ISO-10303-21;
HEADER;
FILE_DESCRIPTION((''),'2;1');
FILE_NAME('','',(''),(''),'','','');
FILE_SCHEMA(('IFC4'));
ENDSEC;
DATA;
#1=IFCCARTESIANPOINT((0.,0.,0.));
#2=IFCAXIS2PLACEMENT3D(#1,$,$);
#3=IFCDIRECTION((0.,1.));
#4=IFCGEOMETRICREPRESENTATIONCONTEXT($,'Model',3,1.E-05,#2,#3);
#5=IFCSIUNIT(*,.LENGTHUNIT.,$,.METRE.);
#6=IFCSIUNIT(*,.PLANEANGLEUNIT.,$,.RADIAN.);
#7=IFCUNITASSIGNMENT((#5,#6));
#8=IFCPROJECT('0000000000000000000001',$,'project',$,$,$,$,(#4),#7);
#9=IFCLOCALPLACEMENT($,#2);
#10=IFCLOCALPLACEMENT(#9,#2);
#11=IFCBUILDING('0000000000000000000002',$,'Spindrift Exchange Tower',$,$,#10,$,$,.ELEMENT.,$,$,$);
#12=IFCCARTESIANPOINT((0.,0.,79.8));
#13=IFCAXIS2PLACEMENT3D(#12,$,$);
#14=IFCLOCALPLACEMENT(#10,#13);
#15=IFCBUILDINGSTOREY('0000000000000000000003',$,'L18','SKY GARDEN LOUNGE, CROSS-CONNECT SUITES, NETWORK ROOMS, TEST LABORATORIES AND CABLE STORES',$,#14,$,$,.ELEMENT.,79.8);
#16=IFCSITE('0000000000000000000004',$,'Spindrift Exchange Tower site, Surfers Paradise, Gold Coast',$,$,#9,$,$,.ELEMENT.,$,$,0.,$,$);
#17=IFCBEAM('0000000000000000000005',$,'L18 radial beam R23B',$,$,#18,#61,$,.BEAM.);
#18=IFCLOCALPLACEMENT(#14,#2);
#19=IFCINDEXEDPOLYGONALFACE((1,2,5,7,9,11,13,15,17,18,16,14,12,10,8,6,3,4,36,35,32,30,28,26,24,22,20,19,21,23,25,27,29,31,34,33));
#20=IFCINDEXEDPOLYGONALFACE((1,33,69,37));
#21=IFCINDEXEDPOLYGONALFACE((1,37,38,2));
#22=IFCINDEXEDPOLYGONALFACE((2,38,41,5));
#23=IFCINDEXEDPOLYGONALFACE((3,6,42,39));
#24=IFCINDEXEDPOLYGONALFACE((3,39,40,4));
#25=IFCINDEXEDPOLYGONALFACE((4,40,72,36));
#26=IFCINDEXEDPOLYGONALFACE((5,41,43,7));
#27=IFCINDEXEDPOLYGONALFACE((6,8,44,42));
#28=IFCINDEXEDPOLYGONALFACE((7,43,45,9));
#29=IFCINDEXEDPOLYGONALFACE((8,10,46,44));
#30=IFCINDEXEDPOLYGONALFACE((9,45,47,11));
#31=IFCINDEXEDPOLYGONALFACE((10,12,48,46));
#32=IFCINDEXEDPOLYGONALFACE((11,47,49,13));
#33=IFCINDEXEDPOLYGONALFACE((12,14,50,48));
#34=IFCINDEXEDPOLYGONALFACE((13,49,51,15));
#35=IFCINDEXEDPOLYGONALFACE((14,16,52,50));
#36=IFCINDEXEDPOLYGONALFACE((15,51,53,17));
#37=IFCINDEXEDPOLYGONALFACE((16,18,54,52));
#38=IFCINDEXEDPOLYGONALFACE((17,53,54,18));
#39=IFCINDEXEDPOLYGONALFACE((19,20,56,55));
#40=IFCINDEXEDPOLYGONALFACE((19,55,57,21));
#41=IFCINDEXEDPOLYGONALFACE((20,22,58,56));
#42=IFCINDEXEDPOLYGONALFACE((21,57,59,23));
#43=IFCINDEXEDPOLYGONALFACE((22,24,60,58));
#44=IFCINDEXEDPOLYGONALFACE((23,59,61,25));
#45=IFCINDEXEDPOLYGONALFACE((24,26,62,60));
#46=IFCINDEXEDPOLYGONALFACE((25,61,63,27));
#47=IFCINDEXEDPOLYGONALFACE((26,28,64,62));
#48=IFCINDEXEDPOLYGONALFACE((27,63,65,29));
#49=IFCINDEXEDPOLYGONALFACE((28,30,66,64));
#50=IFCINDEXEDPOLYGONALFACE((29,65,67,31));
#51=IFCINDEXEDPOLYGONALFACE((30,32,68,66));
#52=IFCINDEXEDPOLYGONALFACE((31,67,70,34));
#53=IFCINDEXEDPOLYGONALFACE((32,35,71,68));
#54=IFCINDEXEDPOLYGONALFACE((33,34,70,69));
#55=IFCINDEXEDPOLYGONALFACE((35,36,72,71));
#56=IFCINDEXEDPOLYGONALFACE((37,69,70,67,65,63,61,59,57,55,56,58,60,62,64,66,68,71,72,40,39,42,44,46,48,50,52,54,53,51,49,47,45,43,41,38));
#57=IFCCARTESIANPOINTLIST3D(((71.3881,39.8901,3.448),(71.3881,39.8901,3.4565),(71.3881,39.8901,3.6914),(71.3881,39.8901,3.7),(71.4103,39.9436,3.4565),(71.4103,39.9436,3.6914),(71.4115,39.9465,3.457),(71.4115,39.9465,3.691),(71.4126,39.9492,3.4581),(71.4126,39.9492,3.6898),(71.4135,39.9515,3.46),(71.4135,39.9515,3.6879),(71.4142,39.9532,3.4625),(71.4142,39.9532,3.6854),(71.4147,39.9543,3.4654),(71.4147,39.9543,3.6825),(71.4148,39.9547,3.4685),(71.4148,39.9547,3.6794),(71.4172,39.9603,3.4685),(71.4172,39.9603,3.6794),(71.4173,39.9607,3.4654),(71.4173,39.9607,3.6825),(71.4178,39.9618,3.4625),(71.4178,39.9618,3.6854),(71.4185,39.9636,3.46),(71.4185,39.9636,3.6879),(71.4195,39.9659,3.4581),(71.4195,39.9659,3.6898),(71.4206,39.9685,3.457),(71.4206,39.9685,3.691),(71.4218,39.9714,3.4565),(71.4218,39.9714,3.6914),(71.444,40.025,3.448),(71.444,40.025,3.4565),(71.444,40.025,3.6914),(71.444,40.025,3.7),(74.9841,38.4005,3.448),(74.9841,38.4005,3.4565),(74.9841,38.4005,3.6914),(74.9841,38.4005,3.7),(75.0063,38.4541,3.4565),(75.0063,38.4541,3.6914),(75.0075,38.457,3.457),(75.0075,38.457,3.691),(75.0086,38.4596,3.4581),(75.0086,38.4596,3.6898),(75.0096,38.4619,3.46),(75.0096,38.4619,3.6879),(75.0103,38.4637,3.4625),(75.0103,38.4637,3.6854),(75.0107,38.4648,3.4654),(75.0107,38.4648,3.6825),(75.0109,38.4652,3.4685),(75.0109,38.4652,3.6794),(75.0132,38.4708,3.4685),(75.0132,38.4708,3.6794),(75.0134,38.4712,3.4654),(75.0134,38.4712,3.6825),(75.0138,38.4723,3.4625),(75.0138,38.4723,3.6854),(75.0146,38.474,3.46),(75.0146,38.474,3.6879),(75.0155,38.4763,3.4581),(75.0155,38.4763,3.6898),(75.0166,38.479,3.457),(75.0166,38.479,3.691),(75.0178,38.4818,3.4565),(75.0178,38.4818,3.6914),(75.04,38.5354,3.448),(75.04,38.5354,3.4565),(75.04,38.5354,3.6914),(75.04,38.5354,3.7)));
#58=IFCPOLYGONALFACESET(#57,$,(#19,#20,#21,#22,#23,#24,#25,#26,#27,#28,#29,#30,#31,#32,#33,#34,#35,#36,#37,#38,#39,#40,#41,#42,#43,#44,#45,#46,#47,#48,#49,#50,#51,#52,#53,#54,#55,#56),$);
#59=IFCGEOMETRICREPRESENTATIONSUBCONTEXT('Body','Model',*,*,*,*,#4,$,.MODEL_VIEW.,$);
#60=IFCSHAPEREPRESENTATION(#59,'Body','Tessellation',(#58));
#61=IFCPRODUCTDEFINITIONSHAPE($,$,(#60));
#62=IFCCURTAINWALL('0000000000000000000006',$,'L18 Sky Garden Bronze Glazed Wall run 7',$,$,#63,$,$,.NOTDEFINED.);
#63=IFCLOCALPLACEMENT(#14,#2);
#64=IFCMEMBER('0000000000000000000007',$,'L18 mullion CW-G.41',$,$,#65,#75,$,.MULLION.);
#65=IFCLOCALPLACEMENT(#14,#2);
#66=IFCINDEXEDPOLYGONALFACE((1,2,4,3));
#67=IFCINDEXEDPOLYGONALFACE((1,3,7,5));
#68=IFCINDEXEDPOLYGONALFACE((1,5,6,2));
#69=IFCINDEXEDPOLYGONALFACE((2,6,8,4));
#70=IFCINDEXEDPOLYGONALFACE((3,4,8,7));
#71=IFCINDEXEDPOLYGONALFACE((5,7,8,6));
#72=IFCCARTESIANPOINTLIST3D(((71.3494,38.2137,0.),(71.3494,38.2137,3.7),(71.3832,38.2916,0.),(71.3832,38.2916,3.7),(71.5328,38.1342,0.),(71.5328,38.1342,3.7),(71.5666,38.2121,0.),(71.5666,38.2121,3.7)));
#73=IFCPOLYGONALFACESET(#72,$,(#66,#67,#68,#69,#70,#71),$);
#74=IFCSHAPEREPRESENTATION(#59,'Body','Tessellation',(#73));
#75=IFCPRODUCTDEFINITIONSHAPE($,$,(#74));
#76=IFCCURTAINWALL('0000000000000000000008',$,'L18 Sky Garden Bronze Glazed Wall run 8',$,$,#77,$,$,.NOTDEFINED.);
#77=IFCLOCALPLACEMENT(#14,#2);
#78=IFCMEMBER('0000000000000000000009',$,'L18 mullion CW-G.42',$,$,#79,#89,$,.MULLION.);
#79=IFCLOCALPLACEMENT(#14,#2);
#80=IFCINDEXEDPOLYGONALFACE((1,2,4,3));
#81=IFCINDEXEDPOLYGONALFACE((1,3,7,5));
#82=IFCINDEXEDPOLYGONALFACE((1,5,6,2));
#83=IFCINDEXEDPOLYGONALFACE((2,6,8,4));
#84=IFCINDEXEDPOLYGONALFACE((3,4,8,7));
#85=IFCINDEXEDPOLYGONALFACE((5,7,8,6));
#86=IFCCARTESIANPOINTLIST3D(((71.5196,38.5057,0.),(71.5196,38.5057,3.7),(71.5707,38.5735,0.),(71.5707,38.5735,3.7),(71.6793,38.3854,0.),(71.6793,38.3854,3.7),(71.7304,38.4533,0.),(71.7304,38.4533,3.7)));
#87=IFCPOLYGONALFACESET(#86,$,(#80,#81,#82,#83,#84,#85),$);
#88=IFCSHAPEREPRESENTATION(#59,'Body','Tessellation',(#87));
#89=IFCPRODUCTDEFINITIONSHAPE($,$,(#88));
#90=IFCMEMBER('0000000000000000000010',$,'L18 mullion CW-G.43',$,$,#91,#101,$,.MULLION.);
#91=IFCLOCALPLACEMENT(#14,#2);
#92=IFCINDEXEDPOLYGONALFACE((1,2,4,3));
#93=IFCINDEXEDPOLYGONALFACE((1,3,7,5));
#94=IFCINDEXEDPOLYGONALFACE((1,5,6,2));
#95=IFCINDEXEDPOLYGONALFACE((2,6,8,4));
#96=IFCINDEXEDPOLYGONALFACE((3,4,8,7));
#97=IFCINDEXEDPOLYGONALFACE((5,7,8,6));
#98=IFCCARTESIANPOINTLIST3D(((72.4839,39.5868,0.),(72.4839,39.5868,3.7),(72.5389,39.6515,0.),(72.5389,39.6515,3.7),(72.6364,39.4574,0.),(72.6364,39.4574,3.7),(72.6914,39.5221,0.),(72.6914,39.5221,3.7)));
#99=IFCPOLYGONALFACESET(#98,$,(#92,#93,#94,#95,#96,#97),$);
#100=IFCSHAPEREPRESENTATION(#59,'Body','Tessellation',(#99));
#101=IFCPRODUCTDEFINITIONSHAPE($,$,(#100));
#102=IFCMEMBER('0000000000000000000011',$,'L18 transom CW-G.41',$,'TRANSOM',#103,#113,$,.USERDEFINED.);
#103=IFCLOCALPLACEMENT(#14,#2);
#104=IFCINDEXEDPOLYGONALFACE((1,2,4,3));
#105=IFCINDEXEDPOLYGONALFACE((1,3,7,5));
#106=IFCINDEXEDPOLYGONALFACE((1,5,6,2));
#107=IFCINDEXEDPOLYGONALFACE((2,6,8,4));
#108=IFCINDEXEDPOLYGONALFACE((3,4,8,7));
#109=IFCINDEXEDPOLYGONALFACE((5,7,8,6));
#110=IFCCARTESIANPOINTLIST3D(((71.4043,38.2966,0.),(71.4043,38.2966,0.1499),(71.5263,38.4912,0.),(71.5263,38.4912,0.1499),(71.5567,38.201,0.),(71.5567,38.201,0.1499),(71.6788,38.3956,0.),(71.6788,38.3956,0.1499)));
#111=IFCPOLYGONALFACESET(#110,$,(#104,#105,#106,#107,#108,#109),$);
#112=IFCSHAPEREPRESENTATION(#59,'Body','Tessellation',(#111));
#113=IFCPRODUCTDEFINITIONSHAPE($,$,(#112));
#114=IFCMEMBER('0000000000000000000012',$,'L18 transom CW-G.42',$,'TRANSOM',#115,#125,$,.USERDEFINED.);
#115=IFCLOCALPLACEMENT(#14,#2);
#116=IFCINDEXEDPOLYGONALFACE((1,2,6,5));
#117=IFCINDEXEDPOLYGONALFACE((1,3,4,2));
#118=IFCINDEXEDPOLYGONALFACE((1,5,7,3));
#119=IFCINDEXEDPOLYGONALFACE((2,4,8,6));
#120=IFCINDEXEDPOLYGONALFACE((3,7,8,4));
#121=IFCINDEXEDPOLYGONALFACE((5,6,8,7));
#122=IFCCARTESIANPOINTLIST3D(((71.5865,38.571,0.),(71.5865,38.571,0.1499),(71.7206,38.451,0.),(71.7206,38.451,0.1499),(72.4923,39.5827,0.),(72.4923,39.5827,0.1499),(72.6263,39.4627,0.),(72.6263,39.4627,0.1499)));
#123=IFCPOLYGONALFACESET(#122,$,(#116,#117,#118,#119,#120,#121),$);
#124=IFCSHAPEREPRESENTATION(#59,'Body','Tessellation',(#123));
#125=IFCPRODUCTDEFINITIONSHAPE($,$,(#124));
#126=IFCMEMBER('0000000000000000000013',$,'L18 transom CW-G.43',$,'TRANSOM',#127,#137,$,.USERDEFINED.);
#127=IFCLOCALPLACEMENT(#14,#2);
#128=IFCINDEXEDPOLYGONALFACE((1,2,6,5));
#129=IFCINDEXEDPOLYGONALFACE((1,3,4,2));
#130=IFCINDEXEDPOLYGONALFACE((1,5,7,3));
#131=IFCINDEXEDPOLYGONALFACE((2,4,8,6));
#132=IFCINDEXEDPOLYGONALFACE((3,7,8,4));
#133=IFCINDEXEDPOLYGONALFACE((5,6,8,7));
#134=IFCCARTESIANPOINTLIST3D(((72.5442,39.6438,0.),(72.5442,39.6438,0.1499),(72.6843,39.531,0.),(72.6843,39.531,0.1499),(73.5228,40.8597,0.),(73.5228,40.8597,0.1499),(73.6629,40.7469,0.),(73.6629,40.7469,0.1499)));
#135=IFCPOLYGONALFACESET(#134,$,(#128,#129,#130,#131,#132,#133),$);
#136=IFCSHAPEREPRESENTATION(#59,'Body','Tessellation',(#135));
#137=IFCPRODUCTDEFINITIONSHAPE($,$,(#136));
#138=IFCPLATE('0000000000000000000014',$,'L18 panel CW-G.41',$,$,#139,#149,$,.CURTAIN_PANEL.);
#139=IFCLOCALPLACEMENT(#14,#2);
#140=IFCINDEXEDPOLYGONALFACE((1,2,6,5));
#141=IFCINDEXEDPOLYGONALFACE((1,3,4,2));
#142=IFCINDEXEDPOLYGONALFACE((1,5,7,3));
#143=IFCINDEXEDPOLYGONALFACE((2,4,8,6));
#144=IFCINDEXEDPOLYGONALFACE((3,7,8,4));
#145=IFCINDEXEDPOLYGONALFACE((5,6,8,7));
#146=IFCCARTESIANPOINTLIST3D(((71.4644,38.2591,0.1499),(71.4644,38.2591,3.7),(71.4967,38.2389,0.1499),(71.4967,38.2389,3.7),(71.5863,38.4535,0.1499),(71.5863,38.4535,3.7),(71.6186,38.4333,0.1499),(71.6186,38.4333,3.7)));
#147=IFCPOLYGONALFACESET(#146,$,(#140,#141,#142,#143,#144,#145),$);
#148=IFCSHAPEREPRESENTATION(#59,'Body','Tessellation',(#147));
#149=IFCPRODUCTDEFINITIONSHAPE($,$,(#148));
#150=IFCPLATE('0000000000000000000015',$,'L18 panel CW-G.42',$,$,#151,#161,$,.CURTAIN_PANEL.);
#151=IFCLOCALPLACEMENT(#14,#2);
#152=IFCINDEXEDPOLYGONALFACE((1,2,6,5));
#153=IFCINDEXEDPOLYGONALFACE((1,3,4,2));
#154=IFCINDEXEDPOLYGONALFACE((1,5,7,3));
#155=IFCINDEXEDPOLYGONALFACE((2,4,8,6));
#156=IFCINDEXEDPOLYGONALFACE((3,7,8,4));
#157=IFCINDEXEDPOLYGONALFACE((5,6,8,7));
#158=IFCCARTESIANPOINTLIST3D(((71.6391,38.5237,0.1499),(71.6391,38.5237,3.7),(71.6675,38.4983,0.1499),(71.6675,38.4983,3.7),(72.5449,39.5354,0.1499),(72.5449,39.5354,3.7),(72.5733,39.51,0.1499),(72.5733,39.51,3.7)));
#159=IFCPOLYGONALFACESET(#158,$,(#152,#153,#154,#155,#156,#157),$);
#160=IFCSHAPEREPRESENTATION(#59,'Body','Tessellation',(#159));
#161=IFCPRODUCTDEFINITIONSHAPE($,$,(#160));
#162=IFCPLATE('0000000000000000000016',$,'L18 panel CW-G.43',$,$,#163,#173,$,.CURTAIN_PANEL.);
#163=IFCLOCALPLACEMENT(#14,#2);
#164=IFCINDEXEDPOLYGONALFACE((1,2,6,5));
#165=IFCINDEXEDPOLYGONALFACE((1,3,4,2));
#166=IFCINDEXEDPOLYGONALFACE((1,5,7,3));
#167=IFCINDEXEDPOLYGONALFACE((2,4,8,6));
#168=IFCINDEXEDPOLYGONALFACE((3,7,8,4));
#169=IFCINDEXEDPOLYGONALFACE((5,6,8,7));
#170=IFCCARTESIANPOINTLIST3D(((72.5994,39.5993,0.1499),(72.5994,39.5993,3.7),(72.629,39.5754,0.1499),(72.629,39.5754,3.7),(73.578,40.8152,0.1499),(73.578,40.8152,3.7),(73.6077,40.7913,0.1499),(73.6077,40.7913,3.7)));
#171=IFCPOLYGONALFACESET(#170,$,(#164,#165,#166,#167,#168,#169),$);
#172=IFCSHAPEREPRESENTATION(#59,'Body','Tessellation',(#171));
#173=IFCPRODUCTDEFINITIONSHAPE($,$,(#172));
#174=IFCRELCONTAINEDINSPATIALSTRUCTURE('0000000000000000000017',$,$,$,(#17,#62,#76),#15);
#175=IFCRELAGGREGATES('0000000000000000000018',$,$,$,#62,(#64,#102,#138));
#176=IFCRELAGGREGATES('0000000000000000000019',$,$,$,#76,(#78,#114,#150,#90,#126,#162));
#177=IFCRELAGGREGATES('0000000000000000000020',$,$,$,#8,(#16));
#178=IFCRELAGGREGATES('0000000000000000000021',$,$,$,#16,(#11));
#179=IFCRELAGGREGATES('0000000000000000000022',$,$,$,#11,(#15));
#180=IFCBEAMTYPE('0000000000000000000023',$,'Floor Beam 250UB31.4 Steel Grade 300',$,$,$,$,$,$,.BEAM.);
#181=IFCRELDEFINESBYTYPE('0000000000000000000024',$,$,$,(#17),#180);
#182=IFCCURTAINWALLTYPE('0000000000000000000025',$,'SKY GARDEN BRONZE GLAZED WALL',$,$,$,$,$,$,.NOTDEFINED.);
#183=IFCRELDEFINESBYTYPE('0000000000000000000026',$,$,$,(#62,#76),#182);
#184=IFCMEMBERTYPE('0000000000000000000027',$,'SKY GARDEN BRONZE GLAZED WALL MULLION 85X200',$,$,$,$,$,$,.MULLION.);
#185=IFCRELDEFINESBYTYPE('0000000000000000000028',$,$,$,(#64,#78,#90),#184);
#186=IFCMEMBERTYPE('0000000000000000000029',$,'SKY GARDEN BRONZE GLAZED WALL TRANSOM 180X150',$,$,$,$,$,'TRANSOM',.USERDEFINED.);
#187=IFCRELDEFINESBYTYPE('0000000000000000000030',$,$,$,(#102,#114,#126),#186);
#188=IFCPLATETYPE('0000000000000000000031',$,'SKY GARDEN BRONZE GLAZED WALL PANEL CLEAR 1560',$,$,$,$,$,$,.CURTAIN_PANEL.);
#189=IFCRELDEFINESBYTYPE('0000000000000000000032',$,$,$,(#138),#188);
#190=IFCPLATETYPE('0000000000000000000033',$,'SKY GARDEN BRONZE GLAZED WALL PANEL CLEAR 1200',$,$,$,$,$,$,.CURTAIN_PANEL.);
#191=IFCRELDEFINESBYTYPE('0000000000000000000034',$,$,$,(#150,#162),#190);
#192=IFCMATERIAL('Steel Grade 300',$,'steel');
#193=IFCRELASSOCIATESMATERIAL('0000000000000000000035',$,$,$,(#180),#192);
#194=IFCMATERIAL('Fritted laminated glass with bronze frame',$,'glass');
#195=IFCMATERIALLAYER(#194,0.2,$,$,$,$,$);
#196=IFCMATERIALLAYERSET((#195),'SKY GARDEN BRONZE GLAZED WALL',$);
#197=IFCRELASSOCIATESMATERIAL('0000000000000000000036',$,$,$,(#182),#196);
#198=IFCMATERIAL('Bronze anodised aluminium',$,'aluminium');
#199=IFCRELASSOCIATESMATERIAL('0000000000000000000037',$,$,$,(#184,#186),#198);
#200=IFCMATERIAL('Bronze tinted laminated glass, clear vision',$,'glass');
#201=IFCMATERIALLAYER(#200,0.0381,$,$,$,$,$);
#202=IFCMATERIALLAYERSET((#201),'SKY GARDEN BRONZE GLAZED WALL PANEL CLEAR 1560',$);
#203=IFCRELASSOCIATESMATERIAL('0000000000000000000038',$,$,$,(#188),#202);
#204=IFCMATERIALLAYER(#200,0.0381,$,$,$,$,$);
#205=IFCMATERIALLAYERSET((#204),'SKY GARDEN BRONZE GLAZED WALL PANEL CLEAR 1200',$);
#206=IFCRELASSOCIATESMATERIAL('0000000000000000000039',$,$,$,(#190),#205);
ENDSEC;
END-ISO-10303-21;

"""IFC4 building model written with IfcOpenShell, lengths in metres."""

from ifc_helpers import new_model, si_unit, direction, frame, origin, origin_2d, place, context, subcontext, project, spatial, rectangle, i_section, extrude, source, transform, mapped, material, layer, layer_set, material_profile, profile_set, type_object, element, aggregate, save


model = new_model("IFC4")

# Units and contexts
model_context = context("Model", 3, precision=1e-05, world=origin(), true_north=direction((0.0, 1.0)))
body_context = subcontext(model_context, "Body", "Model", "MODEL_VIEW")
ifc_project = project(units=[si_unit("LENGTHUNIT", "METRE"), si_unit("PLANEANGLEUNIT", "RADIAN")], contexts=[model_context])

# Site, building, storey
site_placement = place(None, origin())
site = spatial("IfcSite", under=ifc_project, at=site_placement, Name="Spindrift Exchange Tower site, Surfers Paradise, Gold Coast", CompositionType="ELEMENT", RefElevation=0.0)
building_placement = place(site_placement, origin())
building = spatial("IfcBuilding", under=site, at=building_placement, Name="Spindrift Exchange Tower", CompositionType="ELEMENT")
storey_placement = place(building_placement, frame((0.0, 0.0, 79.8)))
storey = spatial("IfcBuildingStorey", under=building, at=storey_placement, Name="L18", Description="SKY GARDEN LOUNGE, CROSS-CONNECT SUITES, NETWORK ROOMS, TEST LABORATORIES AND CABLE STORES", CompositionType="ELEMENT", Elevation=79.8)

# Beam
ifc_material_1 = material(Name="Steel Grade 300", Category="steel")
ifc_material_profile_1 = material_profile(ifc_material_1, i_section(OverallWidth=0.146, OverallDepth=0.252, WebThickness=0.0061, FlangeThickness=0.0085, FilletRadius=0.012, at=origin_2d()), Name="250UB31.4")
ifc_profile_set_1 = profile_set([ifc_material_profile_1], Name="Steel Grade 300")
beam_type_1 = type_object("IfcBeamType", Name="Floor Beam 250UB31.4 Steel Grade 300", PredefinedType="BEAM", material=ifc_profile_set_1)
shared_shape_1 = source(origin(), body_context, "Body", "SweptSolid", [
    extrude(i_section(OverallWidth=0.146, OverallDepth=0.252, WebThickness=0.0061, FlangeThickness=0.0085, FilletRadius=0.012, at=origin_2d()), origin(), (0.0, 0.0, 1.0), 3.8923),
])
beam_1_placement = place(storey_placement, frame((71.416, 39.9575, 3.574), z_axis=(0.923878, -0.382686, 0.0), x_axis=(0.382686, 0.923878, 0.0)))
element("IfcBeam", 1, at=beam_1_placement, inside=storey, type_object=beam_type_1, Name="L18 radial beam R23B", PredefinedType="BEAM", context=body_context, shape_type="MappedRepresentation", body=[
    mapped(shared_shape_1, transform((0.0, 0.0, 0.0), scale=1.0)),
])

# Curtain wall, member
ifc_material_2 = material(Name="Fritted laminated glass with bronze frame", Category="glass")
ifc_layer_1 = layer(ifc_material_2, 0.2)
ifc_layer_set_1 = layer_set([ifc_layer_1], Name="SKY GARDEN BRONZE GLAZED WALL")
curtain_wall_type = type_object("IfcCurtainWallType", Name="SKY GARDEN BRONZE GLAZED WALL", PredefinedType="NOTDEFINED", material=ifc_layer_set_1)
curtain_wall_1_placement = place(storey_placement, origin())
curtain_wall_1 = element("IfcCurtainWall", 2, at=curtain_wall_1_placement, inside=storey, type_object=curtain_wall_type, Name="L18 Sky Garden Bronze Glazed Wall run 7", PredefinedType="NOTDEFINED")
ifc_material_3 = material(Name="Bronze anodised aluminium", Category="aluminium")
ifc_material_profile_2 = material_profile(ifc_material_3, rectangle(XDim=0.085, YDim=0.2, at=origin_2d()), Name="SKY GARDEN BRONZE GLAZED WALL MULLION 85X200")
ifc_profile_set_2 = profile_set([ifc_material_profile_2], Name="Bronze anodised aluminium")
member_type_1 = type_object("IfcMemberType", Name="SKY GARDEN BRONZE GLAZED WALL MULLION 85X200", PredefinedType="MULLION", material=ifc_profile_set_2)
shared_shape_2 = source(origin(), body_context, "Body", "SweptSolid", [
    extrude(rectangle(XDim=0.085, YDim=0.2, at=origin_2d()), origin(), (0.0, 0.0, 1.0), 3.7),
])
member_1_placement = place(storey_placement, frame((71.458, 38.2129, 0.0), z_axis=(0.0, 0.0, 1.0), x_axis=(0.397694, 0.917518, 0.0)))
member_1 = element("IfcMember", 3, at=member_1_placement, type_object=member_type_1, Name="L18 mullion CW-G.41", PredefinedType="MULLION", context=body_context, shape_type="MappedRepresentation", body=[
    mapped(shared_shape_2, transform((0.0, 0.0, 0.0), scale=1.0)),
])

# Curtain wall, members
curtain_wall_2_placement = place(storey_placement, origin())
curtain_wall_2 = element("IfcCurtainWall", 4, at=curtain_wall_2_placement, inside=storey, type_object=curtain_wall_type, Name="L18 Sky Garden Bronze Glazed Wall run 8", PredefinedType="NOTDEFINED")
member_2_placement = place(storey_placement, frame((71.625, 38.4795, 0.0), z_axis=(0.0, 0.0, 1.0), x_axis=(0.601246, 0.799064, 0.0)))
member_2 = element("IfcMember", 5, at=member_2_placement, type_object=member_type_1, Name="L18 mullion CW-G.42", PredefinedType="MULLION", context=body_context, shape_type="MappedRepresentation", body=[
    mapped(shared_shape_2, transform((0.0, 0.0, 0.0), scale=1.0)),
])
member_3_placement = place(storey_placement, frame((72.5876, 39.5544, 0.0), z_axis=(0.0, 0.0, 1.0), x_axis=(0.64726, 0.762269, 0.0)))
member_3 = element("IfcMember", 6, at=member_3_placement, type_object=member_type_1, Name="L18 mullion CW-G.43", PredefinedType="MULLION", context=body_context, shape_type="MappedRepresentation", body=[
    mapped(shared_shape_2, transform((0.0, 0.0, 0.0), scale=1.0)),
])

# Members
ifc_material_profile_3 = material_profile(ifc_material_3, rectangle(XDim=0.1799, YDim=0.1499, at=origin_2d()), Name="SKY GARDEN BRONZE GLAZED WALL TRANSOM 180X150")
ifc_profile_set_3 = profile_set([ifc_material_profile_3], Name="Bronze anodised aluminium")
member_type_2 = type_object("IfcMemberType", Name="SKY GARDEN BRONZE GLAZED WALL TRANSOM 180X150", ElementType="TRANSOM", PredefinedType="USERDEFINED", material=ifc_profile_set_3)
shared_shape_3 = source(origin(), body_context, "Body", "SweptSolid", [
    extrude(rectangle(XDim=0.1799, YDim=0.1499, at=origin_2d()), origin(), (0.0, 0.0, 1.0), 0.2297),
])
member_4_placement = place(storey_placement, frame((71.4805, 38.2488, 0.075), z_axis=(0.531431, 0.847101, 0.0), x_axis=(-0.847101, 0.531431, 0.0)))
member_4 = element("IfcMember", 7, at=member_4_placement, type_object=member_type_2, Name="L18 transom CW-G.41", ObjectType="TRANSOM", PredefinedType="USERDEFINED", context=body_context, shape_type="MappedRepresentation", body=[
    mapped(shared_shape_3, transform((0.0, 0.0, 0.0), scale=1.0)),
])
shared_shape_4 = source(origin(), body_context, "Body", "SweptSolid", [
    extrude(rectangle(XDim=0.1799, YDim=0.1499, at=origin_2d()), origin(), (0.0, 0.0, 1.0), 1.3579),
])
member_5_placement = place(storey_placement, frame((71.6536, 38.511, 0.075), z_axis=(0.667016, 0.745044, 0.0), x_axis=(-0.745044, 0.667016, 0.0)))
member_5 = element("IfcMember", 8, at=member_5_placement, type_object=member_type_2, Name="L18 transom CW-G.42", ObjectType="TRANSOM", PredefinedType="USERDEFINED", context=body_context, shape_type="MappedRepresentation", body=[
    mapped(shared_shape_4, transform((0.0, 0.0, 0.0), scale=1.0)),
])
shared_shape_5 = source(origin(), body_context, "Body", "SweptSolid", [
    extrude(rectangle(XDim=0.1799, YDim=0.1499, at=origin_2d()), origin(), (0.0, 0.0, 1.0), 1.5608),
])
member_6_placement = place(storey_placement, frame((72.6143, 39.5874, 0.075), z_axis=(0.626982, 0.779034, 0.0), x_axis=(-0.779034, 0.626982, 0.0)))
member_6 = element("IfcMember", 9, at=member_6_placement, type_object=member_type_2, Name="L18 transom CW-G.43", ObjectType="TRANSOM", PredefinedType="USERDEFINED", context=body_context, shape_type="MappedRepresentation", body=[
    mapped(shared_shape_5, transform((0.0, 0.0, 0.0), scale=1.0)),
])

# Plates
ifc_material_4 = material(Name="Bronze tinted laminated glass, clear vision", Category="glass")
ifc_layer_2 = layer(ifc_material_4, 0.0381)
ifc_layer_set_2 = layer_set([ifc_layer_2], Name="SKY GARDEN BRONZE GLAZED WALL PANEL CLEAR 1560")
plate_type_1 = type_object("IfcPlateType", Name="SKY GARDEN BRONZE GLAZED WALL PANEL CLEAR 1560", PredefinedType="CURTAIN_PANEL", material=ifc_layer_set_2)
shared_shape_6 = source(origin(), body_context, "Body", "SweptSolid", [
    extrude(rectangle(XDim=0.2295, YDim=0.0381, at=origin_2d()), origin(), (0.0, 0.0, 1.0), 3.55),
])
plate_1_placement = place(storey_placement, frame((71.5415, 38.3462, 0.1499), z_axis=(0.0, 0.0, 1.0), x_axis=(0.531084, 0.847319, 0.0)))
plate_1 = element("IfcPlate", 10, at=plate_1_placement, type_object=plate_type_1, Name="L18 panel CW-G.41", PredefinedType="CURTAIN_PANEL", context=body_context, shape_type="MappedRepresentation", body=[
    mapped(shared_shape_6, transform((0.0, 0.0, 0.0), scale=1.0)),
])
aggregate(curtain_wall_1, [member_1, member_4, plate_1])
ifc_layer_3 = layer(ifc_material_4, 0.0381)
ifc_layer_set_3 = layer_set([ifc_layer_3], Name="SKY GARDEN BRONZE GLAZED WALL PANEL CLEAR 1200")
plate_type_2 = type_object("IfcPlateType", Name="SKY GARDEN BRONZE GLAZED WALL PANEL CLEAR 1200", PredefinedType="CURTAIN_PANEL", material=ifc_layer_set_3)
shared_shape_7 = source(origin(), body_context, "Body", "SweptSolid", [
    extrude(rectangle(XDim=1.3579, YDim=0.0381, at=origin_2d()), origin(), (0.0, 0.0, 1.0), 3.55),
])
plate_2_placement = place(storey_placement, frame((72.1062, 39.0168, 0.1499), z_axis=(0.0, 0.0, 1.0), x_axis=(0.667048, 0.745015, 0.0)))
plate_2 = element("IfcPlate", 11, at=plate_2_placement, type_object=plate_type_2, Name="L18 panel CW-G.42", PredefinedType="CURTAIN_PANEL", context=body_context, shape_type="MappedRepresentation", body=[
    mapped(shared_shape_7, transform((0.0, 0.0, 0.0), scale=1.0)),
])
shared_shape_8 = source(origin(), body_context, "Body", "SweptSolid", [
    extrude(rectangle(XDim=1.5608, YDim=0.0381, at=origin_2d()), origin(), (0.0, 0.0, 1.0), 3.55),
])
plate_3_placement = place(storey_placement, frame((73.1035, 40.1953, 0.1499), z_axis=(0.0, 0.0, 1.0), x_axis=(0.627027, 0.778998, 0.0)))
plate_3 = element("IfcPlate", 12, at=plate_3_placement, type_object=plate_type_2, Name="L18 panel CW-G.43", PredefinedType="CURTAIN_PANEL", context=body_context, shape_type="MappedRepresentation", body=[
    mapped(shared_shape_8, transform((0.0, 0.0, 0.0), scale=1.0)),
])
aggregate(curtain_wall_2, [member_2, member_5, plate_2, member_3, member_6, plate_3])

save(model, "model.ifc")
